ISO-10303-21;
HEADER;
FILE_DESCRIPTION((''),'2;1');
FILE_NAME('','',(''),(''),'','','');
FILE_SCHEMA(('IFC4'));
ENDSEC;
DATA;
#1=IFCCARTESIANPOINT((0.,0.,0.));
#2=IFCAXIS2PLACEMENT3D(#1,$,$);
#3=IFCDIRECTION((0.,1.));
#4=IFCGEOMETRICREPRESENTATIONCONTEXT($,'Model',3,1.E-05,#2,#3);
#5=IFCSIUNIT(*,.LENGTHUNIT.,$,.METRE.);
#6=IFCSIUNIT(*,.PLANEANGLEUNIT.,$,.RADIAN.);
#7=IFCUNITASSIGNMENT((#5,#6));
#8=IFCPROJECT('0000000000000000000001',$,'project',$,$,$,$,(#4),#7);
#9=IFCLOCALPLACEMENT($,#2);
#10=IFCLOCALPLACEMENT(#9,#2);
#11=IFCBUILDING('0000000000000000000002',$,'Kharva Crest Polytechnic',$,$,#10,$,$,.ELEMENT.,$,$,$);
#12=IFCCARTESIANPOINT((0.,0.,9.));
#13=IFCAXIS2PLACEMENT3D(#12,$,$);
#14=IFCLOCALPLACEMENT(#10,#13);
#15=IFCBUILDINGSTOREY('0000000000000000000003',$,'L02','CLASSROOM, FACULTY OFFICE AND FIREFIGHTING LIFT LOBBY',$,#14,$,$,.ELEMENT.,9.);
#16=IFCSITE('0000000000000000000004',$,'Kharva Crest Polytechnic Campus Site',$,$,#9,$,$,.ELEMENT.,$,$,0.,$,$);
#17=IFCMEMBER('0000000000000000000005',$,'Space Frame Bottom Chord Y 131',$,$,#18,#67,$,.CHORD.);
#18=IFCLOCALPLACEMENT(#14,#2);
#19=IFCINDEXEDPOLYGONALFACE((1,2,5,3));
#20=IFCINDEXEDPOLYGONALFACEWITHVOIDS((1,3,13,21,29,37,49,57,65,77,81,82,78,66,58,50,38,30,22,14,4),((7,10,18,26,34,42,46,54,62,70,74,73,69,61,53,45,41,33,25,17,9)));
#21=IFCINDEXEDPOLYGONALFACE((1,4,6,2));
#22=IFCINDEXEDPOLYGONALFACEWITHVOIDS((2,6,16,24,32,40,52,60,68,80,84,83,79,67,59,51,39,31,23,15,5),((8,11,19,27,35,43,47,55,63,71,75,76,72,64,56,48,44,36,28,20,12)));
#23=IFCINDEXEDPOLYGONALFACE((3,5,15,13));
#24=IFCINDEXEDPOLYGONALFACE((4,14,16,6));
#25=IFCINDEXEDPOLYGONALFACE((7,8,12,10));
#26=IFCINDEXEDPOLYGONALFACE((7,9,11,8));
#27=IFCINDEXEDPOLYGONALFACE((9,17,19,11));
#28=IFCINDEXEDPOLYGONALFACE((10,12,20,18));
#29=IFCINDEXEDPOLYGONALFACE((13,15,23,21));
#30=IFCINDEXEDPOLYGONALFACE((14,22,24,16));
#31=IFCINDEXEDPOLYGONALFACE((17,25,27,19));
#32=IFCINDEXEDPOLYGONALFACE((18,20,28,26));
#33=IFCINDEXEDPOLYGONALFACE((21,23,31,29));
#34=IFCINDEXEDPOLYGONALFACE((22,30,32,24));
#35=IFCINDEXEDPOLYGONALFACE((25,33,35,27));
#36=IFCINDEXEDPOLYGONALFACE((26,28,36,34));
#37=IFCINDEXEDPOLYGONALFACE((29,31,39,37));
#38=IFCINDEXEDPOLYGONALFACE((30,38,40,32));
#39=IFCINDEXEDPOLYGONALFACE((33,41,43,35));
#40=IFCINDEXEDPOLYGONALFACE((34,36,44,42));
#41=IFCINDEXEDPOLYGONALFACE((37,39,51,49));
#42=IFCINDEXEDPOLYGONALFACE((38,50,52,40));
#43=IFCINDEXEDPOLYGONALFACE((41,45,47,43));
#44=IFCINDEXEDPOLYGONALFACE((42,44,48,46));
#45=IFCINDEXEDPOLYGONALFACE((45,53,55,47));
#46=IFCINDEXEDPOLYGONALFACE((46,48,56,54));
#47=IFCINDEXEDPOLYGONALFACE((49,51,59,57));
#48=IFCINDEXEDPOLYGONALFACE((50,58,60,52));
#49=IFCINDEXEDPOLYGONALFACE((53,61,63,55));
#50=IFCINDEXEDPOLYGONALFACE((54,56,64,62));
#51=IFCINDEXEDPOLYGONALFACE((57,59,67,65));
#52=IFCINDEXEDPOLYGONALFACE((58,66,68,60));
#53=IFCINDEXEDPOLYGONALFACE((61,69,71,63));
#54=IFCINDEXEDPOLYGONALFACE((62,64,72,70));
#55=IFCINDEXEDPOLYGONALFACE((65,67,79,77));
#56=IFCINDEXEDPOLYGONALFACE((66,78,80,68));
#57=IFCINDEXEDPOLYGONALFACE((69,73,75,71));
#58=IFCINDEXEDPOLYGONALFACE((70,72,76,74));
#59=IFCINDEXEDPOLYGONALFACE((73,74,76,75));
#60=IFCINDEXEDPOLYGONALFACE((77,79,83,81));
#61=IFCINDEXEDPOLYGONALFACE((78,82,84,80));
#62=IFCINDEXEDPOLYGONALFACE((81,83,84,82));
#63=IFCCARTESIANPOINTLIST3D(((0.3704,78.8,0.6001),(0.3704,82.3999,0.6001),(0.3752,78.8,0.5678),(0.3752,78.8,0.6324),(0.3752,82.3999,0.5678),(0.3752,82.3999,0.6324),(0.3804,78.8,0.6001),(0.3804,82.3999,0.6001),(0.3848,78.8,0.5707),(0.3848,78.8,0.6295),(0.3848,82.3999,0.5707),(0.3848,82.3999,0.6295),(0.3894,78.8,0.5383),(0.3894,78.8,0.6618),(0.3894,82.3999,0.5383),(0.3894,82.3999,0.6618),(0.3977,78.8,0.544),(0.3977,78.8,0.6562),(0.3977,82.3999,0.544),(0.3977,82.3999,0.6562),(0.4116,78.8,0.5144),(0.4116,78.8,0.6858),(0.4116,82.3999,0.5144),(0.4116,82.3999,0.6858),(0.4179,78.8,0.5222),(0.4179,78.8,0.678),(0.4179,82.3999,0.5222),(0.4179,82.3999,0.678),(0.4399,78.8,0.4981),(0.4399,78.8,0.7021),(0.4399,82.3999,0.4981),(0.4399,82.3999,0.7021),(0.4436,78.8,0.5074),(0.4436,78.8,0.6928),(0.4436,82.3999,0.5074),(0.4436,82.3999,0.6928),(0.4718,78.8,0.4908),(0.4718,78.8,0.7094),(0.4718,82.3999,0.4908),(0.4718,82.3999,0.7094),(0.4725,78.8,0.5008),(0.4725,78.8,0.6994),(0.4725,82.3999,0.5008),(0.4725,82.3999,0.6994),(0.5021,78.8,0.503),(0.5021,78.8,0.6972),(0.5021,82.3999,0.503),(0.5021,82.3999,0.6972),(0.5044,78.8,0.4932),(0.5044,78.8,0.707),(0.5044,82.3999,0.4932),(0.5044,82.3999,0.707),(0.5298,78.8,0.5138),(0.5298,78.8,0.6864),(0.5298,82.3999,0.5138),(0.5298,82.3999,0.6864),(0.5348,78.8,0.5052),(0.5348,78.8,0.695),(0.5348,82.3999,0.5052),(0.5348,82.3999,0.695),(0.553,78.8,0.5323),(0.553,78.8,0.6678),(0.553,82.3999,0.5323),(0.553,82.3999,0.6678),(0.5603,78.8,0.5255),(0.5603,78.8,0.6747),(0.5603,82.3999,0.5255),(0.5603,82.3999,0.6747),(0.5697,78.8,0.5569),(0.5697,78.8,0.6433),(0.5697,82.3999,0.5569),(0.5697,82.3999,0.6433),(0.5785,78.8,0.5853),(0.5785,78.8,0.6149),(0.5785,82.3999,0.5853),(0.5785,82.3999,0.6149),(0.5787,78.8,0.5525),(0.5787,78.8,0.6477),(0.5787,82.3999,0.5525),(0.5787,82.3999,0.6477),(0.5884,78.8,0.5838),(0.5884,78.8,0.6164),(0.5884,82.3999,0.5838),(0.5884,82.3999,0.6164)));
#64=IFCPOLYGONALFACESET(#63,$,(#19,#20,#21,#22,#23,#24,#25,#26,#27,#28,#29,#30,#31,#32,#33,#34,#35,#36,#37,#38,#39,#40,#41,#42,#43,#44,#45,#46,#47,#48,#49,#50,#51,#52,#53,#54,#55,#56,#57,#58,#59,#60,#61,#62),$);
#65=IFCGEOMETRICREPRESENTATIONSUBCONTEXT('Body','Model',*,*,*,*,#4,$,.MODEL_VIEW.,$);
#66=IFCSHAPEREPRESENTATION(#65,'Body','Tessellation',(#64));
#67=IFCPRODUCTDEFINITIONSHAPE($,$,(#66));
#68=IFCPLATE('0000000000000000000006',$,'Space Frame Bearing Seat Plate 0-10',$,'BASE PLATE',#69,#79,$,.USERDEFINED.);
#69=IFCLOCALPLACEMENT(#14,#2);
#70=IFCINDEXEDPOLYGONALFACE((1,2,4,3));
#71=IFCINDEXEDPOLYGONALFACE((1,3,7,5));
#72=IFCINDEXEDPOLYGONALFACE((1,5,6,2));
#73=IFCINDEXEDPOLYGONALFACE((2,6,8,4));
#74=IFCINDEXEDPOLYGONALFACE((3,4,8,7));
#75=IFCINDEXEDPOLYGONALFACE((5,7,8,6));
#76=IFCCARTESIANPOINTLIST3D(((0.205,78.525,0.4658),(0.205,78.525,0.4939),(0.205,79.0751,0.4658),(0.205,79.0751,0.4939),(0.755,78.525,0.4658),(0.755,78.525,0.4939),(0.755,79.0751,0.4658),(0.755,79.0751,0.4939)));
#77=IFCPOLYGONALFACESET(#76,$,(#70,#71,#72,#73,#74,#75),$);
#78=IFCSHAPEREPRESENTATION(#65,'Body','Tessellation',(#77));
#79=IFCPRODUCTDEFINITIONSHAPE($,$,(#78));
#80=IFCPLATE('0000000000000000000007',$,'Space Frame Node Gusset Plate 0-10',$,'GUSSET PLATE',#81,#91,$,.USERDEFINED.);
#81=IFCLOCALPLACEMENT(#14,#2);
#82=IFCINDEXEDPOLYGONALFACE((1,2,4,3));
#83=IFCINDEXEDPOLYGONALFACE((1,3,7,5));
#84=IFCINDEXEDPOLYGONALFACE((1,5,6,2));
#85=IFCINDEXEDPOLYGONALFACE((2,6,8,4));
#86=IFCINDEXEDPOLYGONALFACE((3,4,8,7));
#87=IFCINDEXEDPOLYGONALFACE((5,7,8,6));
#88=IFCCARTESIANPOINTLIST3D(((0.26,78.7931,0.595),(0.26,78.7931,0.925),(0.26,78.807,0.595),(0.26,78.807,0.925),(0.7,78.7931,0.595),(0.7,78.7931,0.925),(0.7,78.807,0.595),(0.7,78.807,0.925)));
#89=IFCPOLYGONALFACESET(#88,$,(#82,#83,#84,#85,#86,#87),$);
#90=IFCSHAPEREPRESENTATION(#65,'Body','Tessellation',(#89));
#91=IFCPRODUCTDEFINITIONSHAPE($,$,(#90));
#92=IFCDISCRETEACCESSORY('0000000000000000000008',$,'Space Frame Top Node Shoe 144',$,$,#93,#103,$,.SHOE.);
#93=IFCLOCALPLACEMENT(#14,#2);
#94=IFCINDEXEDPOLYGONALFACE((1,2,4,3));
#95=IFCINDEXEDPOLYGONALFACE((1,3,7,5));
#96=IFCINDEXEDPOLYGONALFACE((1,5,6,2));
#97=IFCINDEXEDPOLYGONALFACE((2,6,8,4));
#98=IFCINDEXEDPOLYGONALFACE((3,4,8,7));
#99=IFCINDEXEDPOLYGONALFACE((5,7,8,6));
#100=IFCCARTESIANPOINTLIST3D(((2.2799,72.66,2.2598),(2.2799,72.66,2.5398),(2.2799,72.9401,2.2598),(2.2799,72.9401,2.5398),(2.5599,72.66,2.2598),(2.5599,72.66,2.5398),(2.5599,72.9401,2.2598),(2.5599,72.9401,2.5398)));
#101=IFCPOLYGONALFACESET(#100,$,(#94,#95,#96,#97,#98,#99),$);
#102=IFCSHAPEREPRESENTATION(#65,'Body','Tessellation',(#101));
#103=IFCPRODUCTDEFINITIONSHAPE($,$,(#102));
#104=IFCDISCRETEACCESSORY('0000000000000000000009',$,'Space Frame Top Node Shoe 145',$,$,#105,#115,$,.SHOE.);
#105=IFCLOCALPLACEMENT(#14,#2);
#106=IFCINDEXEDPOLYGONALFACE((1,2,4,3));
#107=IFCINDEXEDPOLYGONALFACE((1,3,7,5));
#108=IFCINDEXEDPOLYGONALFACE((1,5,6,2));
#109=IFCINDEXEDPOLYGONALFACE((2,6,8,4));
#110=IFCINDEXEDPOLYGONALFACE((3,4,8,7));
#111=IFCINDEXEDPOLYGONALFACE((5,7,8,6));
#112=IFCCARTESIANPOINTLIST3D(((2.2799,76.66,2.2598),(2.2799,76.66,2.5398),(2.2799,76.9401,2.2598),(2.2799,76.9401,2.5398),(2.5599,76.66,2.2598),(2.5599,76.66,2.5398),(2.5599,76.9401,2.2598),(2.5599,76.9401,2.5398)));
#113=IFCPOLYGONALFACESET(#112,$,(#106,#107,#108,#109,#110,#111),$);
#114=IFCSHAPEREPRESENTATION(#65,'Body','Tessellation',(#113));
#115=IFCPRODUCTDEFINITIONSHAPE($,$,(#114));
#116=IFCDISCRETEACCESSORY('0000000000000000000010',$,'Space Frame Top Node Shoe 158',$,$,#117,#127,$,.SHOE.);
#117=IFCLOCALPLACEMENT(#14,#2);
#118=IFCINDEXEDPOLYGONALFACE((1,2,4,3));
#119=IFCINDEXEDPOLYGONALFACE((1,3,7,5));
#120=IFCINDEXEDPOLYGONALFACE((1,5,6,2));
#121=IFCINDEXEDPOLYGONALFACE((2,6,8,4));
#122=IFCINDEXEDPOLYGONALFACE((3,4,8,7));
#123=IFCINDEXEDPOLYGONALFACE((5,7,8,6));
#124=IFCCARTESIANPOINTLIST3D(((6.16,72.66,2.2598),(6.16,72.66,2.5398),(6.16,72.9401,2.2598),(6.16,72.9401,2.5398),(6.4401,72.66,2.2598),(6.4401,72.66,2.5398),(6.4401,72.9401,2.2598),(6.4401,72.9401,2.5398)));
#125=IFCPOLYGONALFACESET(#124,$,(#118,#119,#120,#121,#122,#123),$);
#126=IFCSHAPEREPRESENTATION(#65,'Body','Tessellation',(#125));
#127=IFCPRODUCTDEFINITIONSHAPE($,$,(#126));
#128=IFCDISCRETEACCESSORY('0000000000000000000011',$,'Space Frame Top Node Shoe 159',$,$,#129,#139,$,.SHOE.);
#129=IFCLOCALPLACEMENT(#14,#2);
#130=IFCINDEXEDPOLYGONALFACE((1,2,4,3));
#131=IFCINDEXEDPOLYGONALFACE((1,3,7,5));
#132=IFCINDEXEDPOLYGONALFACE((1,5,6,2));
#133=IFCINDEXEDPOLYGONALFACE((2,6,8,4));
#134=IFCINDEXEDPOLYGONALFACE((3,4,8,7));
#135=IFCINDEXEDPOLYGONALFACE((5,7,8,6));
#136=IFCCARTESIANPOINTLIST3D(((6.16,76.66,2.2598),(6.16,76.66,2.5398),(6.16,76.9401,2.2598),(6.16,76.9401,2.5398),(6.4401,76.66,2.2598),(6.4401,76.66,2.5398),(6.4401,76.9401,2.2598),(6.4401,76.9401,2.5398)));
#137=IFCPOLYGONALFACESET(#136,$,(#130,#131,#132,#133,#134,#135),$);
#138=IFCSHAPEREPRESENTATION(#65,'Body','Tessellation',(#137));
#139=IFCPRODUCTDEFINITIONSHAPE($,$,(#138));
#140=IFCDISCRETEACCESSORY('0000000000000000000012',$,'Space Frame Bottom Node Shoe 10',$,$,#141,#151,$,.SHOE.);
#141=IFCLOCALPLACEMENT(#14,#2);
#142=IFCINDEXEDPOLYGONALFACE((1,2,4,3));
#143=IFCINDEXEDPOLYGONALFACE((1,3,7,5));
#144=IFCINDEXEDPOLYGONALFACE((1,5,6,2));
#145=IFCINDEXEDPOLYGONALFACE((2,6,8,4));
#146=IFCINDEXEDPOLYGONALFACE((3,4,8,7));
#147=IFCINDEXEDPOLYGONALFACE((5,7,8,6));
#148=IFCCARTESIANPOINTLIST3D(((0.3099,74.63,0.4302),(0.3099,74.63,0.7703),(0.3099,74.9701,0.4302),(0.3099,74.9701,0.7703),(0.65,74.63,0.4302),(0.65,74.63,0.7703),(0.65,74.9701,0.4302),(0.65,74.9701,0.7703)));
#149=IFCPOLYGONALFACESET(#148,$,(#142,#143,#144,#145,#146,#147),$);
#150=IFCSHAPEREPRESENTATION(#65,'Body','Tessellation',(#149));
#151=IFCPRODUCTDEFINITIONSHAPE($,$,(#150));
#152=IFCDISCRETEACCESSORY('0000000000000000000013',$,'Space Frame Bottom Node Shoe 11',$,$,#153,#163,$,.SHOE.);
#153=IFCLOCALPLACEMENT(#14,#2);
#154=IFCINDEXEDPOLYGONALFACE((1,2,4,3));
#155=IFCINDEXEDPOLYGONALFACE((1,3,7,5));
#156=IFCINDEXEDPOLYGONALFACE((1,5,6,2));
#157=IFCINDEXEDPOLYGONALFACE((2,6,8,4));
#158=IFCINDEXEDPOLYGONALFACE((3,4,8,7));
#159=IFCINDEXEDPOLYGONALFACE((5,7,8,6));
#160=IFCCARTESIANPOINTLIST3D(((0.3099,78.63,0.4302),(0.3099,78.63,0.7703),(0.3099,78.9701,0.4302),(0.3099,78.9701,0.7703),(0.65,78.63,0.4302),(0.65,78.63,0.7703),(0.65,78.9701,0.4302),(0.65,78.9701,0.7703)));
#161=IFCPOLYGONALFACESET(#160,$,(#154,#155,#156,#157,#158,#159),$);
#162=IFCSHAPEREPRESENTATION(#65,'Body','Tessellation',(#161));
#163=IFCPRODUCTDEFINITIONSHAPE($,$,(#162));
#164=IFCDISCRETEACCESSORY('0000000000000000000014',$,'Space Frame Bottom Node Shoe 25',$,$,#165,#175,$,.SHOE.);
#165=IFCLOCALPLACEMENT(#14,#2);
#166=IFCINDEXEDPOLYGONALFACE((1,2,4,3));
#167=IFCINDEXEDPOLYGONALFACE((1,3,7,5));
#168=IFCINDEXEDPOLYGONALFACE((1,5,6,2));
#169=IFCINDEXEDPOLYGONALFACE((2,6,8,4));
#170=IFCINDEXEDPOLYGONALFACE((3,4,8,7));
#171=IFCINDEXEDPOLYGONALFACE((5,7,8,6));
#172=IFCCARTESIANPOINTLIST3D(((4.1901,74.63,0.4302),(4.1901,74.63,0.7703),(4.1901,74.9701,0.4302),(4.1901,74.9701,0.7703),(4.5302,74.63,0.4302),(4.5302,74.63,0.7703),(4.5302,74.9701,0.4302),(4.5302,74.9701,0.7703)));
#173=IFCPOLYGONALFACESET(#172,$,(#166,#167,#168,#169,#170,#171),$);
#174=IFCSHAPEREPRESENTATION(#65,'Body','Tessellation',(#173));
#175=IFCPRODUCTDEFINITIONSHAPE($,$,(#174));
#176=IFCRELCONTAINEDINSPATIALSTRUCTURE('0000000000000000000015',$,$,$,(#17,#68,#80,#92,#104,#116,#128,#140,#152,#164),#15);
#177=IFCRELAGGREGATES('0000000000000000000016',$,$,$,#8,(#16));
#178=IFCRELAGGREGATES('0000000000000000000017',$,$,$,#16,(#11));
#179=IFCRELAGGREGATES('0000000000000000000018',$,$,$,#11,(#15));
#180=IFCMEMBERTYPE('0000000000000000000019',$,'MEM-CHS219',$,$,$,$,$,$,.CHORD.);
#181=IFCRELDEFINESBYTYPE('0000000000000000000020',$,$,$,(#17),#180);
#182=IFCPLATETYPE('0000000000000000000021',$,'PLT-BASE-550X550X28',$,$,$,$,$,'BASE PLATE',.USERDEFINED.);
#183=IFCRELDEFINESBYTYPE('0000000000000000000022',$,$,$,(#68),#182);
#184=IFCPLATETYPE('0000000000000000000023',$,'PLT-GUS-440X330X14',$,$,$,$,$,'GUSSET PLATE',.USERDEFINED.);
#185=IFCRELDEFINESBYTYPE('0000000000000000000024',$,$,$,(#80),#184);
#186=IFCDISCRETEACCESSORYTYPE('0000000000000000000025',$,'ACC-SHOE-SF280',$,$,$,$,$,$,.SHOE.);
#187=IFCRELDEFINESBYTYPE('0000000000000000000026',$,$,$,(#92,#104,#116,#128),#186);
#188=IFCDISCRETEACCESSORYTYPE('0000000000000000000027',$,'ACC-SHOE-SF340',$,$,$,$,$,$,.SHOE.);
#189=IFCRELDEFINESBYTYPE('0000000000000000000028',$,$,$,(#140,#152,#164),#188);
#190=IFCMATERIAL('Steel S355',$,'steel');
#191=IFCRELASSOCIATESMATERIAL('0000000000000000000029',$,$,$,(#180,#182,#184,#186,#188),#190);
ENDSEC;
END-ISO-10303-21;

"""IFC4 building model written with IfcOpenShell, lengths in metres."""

from ifc_helpers import new_model, si_unit, direction, frame, origin, origin_2d, place, context, subcontext, project, spatial, rectangle, hollow_circle, extrude, material, material_profile, profile_set, type_object, element, save


model = new_model("IFC4")

# Units and contexts
model_context = context("Model", 3, precision=1e-05, world=origin(), true_north=direction((0.0, 1.0)))
body_context = subcontext(model_context, "Body", "Model", "MODEL_VIEW")
ifc_project = project(units=[si_unit("LENGTHUNIT", "METRE"), si_unit("PLANEANGLEUNIT", "RADIAN")], contexts=[model_context])

# Site, building, storey
site_placement = place(None, origin())
site = spatial("IfcSite", under=ifc_project, at=site_placement, Name="Kharva Crest Polytechnic Campus Site", CompositionType="ELEMENT", RefElevation=0.0)
building_placement = place(site_placement, origin())
building = spatial("IfcBuilding", under=site, at=building_placement, Name="Kharva Crest Polytechnic", CompositionType="ELEMENT")
storey_placement = place(building_placement, frame((0.0, 0.0, 9.0)))
storey = spatial("IfcBuildingStorey", under=building, at=storey_placement, Name="L02", Description="CLASSROOM, FACULTY OFFICE AND FIREFIGHTING LIFT LOBBY", CompositionType="ELEMENT", Elevation=9.0)

# Shared definitions
ifc_material_1 = material(Name="Steel S355", Category="steel")

# Member
ifc_material_profile_1 = material_profile(ifc_material_1, hollow_circle(Radius=0.1096, WallThickness=0.01, at=origin_2d()), Name="CHS 219.1X10.0")
ifc_profile_set_1 = profile_set([ifc_material_profile_1], Name="Steel S355")
member_type_1 = type_object("IfcMemberType", Name="MEM-CHS219", PredefinedType="CHORD", material=ifc_profile_set_1)
member_1_placement = place(storey_placement, frame((0.48, 78.8, 0.6001), z_axis=(0.0, 1.0, 0.0), x_axis=(-1.0, 0.0, 0.0)))
element("IfcMember", 1, at=member_1_placement, inside=storey, type_object=member_type_1, Name="Space Frame Bottom Chord Y 131", PredefinedType="CHORD", context=body_context, shape_type="SweptSolid", body=[
    extrude(hollow_circle(Radius=0.1096, WallThickness=0.01, at=origin_2d()), origin(), (0.0, 0.0, 1.0), 3.5999),
])

# Plates
plate_type_1 = type_object("IfcPlateType", Name="PLT-BASE-550X550X28", ElementType="BASE PLATE", PredefinedType="USERDEFINED", material=ifc_material_1)
plate_1_placement = place(storey_placement, frame((0.48, 78.8, 0.4658), z_axis=(0.0, 0.0, 1.0), x_axis=(1.0, 0.0, 0.0)))
element("IfcPlate", 2, at=plate_1_placement, inside=storey, type_object=plate_type_1, Name="Space Frame Bearing Seat Plate 0-10", ObjectType="BASE PLATE", PredefinedType="USERDEFINED", context=body_context, shape_type="SweptSolid", body=[
    extrude(rectangle(XDim=0.55, YDim=0.55, at=origin_2d()), origin(), (0.0, 0.0, 1.0), 0.0281),
])
plate_type_2 = type_object("IfcPlateType", Name="PLT-GUS-440X330X14", ElementType="GUSSET PLATE", PredefinedType="USERDEFINED", material=ifc_material_1)
plate_2_placement = place(storey_placement, frame((0.48, 78.8, 0.595), z_axis=(0.0, 0.0, 1.0), x_axis=(1.0, 0.0, 0.0)))
element("IfcPlate", 3, at=plate_2_placement, inside=storey, type_object=plate_type_2, Name="Space Frame Node Gusset Plate 0-10", ObjectType="GUSSET PLATE", PredefinedType="USERDEFINED", context=body_context, shape_type="SweptSolid", body=[
    extrude(rectangle(XDim=0.4399, YDim=0.0139, at=origin_2d()), origin(), (0.0, 0.0, 1.0), 0.3301),
])

# Discrete accessories
discrete_accessory_type_1 = type_object("IfcDiscreteAccessoryType", Name="ACC-SHOE-SF280", PredefinedType="SHOE", material=ifc_material_1)
for number, where, z_axis, x_axis, name in (
    (4, (2.4199, 72.8, 2.2598), (0.0, 0.0, 1.0), (1.0, 0.0, 0.0), "Space Frame Top Node Shoe 144"),
    (5, (2.4199, 76.8, 2.2598), (0.0, 0.0, 1.0), (1.0, 0.0, 0.0), "Space Frame Top Node Shoe 145"),
    (6, (6.3, 72.8, 2.2598), (0.0, 0.0, 1.0), (1.0, 0.0, 0.0), "Space Frame Top Node Shoe 158"),
    (7, (6.3, 76.8, 2.2598), (0.0, 0.0, 1.0), (1.0, 0.0, 0.0), "Space Frame Top Node Shoe 159"),
):
    element("IfcDiscreteAccessory", number, at=place(storey_placement, frame(where, z_axis=z_axis, x_axis=x_axis)), inside=storey, type_object=discrete_accessory_type_1, Name=name, PredefinedType="SHOE", context=body_context, shape_type="SweptSolid", body=[
        extrude(rectangle(XDim=0.28, YDim=0.28, at=origin_2d()), origin(), (0.0, 0.0, 1.0), 0.28),
    ])
discrete_accessory_type_2 = type_object("IfcDiscreteAccessoryType", Name="ACC-SHOE-SF340", PredefinedType="SHOE", material=ifc_material_1)
for number, where, z_axis, x_axis, name in (
    (8, (0.48, 74.8, 0.4302), (0.0, 0.0, 1.0), (1.0, 0.0, 0.0), "Space Frame Bottom Node Shoe 10"),
    (9, (0.48, 78.8, 0.4302), (0.0, 0.0, 1.0), (1.0, 0.0, 0.0), "Space Frame Bottom Node Shoe 11"),
    (10, (4.3601, 74.8, 0.4302), (0.0, 0.0, 1.0), (1.0, 0.0, 0.0), "Space Frame Bottom Node Shoe 25"),
):
    element("IfcDiscreteAccessory", number, at=place(storey_placement, frame(where, z_axis=z_axis, x_axis=x_axis)), inside=storey, type_object=discrete_accessory_type_2, Name=name, PredefinedType="SHOE", context=body_context, shape_type="SweptSolid", body=[
        extrude(rectangle(XDim=0.3401, YDim=0.3401, at=origin_2d()), origin(), (0.0, 0.0, 1.0), 0.3401),
    ])

save(model, "model.ifc")
